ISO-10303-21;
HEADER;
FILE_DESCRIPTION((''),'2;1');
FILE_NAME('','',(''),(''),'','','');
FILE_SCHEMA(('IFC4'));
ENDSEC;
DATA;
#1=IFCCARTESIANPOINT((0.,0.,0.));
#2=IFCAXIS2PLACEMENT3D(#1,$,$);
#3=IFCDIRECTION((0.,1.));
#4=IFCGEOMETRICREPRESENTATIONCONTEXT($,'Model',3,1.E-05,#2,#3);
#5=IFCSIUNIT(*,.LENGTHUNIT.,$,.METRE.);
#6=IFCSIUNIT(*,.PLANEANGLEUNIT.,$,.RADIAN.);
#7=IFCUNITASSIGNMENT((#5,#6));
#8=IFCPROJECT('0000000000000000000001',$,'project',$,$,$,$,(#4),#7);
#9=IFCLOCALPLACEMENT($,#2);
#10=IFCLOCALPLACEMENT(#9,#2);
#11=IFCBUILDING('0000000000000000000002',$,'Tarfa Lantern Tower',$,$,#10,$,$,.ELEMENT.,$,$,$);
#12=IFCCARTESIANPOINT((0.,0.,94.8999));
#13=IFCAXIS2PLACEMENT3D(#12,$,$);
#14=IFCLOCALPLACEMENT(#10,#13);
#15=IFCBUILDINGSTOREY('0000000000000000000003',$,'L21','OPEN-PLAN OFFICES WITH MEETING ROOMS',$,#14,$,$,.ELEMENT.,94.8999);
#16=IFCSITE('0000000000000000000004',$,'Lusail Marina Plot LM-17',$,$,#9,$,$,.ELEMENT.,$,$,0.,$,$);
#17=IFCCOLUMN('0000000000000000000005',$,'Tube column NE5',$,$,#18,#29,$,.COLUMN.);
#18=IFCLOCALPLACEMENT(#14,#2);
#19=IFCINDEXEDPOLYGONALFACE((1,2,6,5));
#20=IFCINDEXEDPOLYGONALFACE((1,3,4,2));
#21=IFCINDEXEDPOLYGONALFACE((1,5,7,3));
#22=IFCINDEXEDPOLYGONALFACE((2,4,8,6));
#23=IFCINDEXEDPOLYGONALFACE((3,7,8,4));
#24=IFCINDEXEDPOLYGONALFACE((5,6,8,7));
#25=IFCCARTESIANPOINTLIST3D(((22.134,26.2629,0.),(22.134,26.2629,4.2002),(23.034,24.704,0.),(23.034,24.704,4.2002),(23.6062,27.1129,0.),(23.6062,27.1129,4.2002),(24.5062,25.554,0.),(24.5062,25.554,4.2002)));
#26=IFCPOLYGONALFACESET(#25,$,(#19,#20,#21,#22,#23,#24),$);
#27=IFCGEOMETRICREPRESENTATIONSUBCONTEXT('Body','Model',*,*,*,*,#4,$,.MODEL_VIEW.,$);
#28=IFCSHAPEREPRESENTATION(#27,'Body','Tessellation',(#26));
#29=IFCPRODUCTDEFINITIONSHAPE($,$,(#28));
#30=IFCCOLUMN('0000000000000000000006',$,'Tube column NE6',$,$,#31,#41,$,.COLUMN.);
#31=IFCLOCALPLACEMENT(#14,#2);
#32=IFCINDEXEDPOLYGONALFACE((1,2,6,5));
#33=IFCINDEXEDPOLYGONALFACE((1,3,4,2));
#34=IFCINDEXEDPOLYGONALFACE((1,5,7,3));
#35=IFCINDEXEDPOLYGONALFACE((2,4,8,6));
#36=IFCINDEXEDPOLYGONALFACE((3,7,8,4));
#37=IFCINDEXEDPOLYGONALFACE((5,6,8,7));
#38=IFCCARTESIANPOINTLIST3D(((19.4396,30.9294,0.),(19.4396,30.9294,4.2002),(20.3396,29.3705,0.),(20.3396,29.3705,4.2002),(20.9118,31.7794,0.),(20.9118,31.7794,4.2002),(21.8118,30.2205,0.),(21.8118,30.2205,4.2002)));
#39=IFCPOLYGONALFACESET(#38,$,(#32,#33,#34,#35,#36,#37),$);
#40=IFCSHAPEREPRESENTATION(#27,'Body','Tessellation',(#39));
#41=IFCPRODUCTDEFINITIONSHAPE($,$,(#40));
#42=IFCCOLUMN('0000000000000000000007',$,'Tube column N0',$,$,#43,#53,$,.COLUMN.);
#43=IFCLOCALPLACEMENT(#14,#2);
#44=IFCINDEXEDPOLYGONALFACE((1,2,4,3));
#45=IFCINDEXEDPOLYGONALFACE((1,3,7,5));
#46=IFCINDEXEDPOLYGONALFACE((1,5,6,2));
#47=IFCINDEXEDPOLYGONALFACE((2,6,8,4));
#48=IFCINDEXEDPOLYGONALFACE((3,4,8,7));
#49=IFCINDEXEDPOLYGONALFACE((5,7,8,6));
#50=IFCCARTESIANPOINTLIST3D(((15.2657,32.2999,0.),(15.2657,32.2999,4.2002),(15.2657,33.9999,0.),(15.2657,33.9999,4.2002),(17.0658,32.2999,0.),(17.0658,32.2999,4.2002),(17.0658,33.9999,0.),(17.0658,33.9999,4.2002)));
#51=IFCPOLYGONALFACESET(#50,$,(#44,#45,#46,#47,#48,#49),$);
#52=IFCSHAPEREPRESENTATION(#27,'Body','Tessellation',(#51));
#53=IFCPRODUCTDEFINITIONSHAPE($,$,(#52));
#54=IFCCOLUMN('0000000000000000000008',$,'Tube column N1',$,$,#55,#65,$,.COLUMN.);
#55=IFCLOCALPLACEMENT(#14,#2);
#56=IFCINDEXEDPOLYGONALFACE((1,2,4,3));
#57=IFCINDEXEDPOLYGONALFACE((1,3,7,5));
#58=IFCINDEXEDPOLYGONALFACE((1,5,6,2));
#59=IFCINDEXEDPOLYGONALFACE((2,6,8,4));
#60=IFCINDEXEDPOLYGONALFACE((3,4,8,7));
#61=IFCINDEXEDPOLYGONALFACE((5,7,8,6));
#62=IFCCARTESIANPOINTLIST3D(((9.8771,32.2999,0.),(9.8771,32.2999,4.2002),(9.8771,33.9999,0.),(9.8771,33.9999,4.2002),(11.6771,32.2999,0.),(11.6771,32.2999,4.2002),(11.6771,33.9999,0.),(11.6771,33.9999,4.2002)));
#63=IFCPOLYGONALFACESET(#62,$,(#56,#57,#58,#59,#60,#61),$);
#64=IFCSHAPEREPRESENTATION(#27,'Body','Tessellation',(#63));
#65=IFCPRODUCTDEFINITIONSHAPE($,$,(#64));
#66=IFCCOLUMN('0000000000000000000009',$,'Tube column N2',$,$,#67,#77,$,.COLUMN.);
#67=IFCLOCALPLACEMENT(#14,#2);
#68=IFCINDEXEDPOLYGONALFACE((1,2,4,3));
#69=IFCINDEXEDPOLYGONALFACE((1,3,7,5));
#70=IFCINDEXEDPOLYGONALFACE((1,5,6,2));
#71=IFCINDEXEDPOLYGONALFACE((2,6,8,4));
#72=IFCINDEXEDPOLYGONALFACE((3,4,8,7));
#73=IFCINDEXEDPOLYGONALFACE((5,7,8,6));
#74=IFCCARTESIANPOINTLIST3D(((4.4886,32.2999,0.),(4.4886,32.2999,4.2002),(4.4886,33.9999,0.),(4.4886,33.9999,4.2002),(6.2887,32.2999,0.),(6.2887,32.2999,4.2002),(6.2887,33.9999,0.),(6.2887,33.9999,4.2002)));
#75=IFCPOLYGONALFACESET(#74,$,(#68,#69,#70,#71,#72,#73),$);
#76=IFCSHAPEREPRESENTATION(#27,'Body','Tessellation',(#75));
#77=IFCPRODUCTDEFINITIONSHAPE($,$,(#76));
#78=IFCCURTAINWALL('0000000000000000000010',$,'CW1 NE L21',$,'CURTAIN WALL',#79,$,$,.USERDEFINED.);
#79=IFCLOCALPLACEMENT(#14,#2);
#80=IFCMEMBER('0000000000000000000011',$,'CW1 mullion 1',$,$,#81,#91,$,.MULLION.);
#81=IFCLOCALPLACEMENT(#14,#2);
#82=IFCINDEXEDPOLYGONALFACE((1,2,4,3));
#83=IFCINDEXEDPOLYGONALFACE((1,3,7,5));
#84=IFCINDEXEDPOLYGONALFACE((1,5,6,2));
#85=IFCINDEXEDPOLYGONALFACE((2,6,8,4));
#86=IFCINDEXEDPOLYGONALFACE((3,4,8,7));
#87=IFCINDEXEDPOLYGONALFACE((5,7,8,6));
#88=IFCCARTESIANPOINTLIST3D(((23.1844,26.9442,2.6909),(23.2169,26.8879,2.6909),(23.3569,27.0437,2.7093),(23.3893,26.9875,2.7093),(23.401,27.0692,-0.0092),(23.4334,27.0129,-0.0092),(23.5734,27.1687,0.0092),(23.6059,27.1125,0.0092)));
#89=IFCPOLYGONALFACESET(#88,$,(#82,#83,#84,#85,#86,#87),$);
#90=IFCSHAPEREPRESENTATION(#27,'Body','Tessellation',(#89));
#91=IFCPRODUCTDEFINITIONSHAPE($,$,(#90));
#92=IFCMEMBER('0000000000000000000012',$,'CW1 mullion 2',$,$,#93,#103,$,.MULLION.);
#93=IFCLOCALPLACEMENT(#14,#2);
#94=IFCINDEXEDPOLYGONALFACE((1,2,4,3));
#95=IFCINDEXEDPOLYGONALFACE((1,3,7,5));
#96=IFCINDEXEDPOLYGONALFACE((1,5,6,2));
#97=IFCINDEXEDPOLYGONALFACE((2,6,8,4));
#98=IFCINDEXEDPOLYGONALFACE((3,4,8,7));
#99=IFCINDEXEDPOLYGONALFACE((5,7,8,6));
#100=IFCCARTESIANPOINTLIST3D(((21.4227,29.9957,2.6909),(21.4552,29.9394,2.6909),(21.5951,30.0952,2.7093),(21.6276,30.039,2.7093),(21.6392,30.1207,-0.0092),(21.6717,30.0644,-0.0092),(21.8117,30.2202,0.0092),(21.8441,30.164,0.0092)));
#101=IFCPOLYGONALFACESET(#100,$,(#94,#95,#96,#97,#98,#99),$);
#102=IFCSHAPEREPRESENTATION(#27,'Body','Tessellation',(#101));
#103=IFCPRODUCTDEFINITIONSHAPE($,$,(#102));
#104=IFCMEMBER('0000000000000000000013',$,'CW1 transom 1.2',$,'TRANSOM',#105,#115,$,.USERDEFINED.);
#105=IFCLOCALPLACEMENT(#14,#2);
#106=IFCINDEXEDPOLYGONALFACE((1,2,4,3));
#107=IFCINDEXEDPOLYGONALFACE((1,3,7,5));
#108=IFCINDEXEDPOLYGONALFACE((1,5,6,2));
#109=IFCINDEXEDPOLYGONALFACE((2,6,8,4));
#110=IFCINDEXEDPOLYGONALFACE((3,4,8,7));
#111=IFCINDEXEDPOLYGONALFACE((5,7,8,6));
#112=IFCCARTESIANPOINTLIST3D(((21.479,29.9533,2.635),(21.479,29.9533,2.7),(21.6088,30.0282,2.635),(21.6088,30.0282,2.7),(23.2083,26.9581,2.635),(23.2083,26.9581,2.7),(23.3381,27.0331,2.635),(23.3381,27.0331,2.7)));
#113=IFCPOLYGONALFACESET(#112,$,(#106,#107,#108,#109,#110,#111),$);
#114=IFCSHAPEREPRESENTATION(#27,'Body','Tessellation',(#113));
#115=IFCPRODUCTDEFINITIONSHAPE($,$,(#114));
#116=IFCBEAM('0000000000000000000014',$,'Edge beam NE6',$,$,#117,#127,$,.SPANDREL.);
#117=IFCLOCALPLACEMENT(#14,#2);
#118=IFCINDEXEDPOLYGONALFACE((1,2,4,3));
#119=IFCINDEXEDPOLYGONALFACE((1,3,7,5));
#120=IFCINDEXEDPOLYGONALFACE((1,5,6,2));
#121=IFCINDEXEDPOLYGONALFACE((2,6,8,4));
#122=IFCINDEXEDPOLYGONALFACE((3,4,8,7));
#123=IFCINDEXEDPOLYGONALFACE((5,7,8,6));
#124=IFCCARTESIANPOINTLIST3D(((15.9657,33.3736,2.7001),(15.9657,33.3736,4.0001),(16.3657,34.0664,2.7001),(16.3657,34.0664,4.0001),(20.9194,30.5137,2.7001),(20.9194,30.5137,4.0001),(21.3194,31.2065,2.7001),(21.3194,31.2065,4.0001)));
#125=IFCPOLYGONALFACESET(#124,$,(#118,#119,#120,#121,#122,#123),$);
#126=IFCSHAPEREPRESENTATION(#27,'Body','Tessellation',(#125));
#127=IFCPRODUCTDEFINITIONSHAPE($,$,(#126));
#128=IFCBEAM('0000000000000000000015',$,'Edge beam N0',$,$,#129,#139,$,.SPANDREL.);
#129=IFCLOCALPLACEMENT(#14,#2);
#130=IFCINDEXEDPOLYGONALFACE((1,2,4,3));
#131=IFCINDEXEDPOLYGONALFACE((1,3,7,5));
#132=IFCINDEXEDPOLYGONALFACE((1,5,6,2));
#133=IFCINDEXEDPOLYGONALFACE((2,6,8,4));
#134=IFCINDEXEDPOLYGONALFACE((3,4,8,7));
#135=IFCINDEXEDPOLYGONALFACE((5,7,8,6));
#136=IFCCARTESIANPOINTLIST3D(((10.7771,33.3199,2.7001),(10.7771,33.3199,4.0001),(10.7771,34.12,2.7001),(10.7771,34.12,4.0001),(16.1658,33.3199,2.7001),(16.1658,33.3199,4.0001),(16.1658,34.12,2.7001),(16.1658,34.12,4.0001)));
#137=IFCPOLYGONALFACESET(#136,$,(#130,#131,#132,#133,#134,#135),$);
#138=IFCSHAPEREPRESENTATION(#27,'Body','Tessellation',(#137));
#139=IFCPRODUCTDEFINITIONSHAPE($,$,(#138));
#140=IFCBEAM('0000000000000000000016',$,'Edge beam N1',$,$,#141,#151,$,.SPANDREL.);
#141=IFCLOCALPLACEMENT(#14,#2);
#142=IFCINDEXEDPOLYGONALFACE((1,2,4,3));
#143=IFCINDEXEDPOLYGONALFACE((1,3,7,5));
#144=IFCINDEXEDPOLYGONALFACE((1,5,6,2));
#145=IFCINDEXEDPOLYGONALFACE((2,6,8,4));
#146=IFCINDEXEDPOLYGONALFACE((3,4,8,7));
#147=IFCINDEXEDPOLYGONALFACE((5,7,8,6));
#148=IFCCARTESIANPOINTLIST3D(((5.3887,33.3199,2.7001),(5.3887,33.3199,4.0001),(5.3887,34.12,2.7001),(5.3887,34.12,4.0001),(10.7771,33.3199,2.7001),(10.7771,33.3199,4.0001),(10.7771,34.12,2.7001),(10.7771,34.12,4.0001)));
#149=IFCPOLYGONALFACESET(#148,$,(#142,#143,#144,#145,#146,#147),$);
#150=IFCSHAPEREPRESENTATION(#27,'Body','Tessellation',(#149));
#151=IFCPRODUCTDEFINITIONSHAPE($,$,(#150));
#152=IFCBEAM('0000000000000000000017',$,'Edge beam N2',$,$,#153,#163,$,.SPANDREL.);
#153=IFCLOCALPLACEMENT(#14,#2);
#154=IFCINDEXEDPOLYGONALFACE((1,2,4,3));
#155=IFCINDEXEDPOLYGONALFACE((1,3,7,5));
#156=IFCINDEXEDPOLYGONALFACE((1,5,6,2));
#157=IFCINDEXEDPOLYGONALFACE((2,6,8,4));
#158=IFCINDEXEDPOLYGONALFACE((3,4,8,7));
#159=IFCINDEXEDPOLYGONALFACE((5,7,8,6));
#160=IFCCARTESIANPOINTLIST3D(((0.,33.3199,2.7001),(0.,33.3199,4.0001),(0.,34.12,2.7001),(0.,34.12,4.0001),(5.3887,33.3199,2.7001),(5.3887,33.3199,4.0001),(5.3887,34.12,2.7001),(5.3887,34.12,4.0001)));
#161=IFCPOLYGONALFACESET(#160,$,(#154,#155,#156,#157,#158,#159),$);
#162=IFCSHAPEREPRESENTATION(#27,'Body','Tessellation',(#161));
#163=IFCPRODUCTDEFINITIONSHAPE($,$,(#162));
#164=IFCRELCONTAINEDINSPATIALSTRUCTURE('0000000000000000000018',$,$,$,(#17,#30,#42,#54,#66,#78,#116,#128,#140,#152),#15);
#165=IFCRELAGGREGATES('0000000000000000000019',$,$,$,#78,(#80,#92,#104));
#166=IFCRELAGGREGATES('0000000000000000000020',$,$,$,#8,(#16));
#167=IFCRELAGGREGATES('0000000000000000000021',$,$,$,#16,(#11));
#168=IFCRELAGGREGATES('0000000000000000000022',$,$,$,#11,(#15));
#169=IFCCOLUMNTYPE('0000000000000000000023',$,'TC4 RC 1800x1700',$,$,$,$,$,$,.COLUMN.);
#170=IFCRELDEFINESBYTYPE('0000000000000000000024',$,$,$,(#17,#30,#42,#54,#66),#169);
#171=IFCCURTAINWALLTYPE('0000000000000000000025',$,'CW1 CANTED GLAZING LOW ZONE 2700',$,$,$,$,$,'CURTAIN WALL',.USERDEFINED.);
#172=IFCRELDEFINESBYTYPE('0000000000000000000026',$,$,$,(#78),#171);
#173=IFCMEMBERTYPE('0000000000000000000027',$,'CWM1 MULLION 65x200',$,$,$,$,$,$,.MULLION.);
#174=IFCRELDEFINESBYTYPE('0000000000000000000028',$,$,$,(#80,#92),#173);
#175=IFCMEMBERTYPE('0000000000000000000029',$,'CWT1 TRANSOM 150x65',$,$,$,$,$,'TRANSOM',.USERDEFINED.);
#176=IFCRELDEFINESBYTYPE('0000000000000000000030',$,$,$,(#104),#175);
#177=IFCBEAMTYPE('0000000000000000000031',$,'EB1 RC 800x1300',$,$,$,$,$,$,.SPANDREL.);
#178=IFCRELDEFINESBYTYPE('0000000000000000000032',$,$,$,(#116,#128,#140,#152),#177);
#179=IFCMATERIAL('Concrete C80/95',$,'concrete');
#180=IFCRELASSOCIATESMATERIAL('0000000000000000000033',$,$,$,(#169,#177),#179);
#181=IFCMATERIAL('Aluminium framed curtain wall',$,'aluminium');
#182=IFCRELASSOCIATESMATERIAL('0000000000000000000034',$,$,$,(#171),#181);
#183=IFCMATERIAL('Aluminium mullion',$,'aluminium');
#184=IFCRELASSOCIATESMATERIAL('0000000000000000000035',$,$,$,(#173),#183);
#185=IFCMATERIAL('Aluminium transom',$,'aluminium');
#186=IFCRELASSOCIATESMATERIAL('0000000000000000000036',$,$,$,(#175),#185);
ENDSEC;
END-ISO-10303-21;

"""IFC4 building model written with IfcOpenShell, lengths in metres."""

from ifc_helpers import new_model, si_unit, direction, frame, origin, origin_2d, place, context, subcontext, project, spatial, rectangle, extrude, material, material_profile, profile_set, type_object, element, aggregate, save


model = new_model("IFC4")

# Units and contexts
model_context = context("Model", 3, precision=1e-05, world=origin(), true_north=direction((0.0, 1.0)))
body_context = subcontext(model_context, "Body", "Model", "MODEL_VIEW")
ifc_project = project(units=[si_unit("LENGTHUNIT", "METRE"), si_unit("PLANEANGLEUNIT", "RADIAN")], contexts=[model_context])

# Site, building, storey
site_placement = place(None, origin())
site = spatial("IfcSite", under=ifc_project, at=site_placement, Name="Lusail Marina Plot LM-17", CompositionType="ELEMENT", RefElevation=0.0)
building_placement = place(site_placement, origin())
building = spatial("IfcBuilding", under=site, at=building_placement, Name="Tarfa Lantern Tower", CompositionType="ELEMENT")
storey_placement = place(building_placement, frame((0.0, 0.0, 94.8999)))
storey = spatial("IfcBuildingStorey", under=building, at=storey_placement, Name="L21", Description="OPEN-PLAN OFFICES WITH MEETING ROOMS", CompositionType="ELEMENT", Elevation=94.8999)

# Columns
ifc_material_1 = material(Name="Concrete C80/95", Category="concrete")
ifc_material_profile_1 = material_profile(ifc_material_1, rectangle(XDim=1.8, YDim=1.7, at=origin_2d()), Name="RC 1800x1700")
ifc_profile_set_1 = profile_set([ifc_material_profile_1], Name="Concrete C80/95")
column_type = type_object("IfcColumnType", Name="TC4 RC 1800x1700", PredefinedType="COLUMN", material=ifc_profile_set_1)
for number, where, z_axis, x_axis, name in (
    (1, (23.3201, 25.9084, 0.0), (0.0, 0.0, 1.0), (-0.5, 0.866025, 0.0), "Tube column NE5"),
    (2, (20.6257, 30.575, 0.0), (0.0, 0.0, 1.0), (-0.5, 0.866025, 0.0), "Tube column NE6"),
    (3, (16.1658, 33.1499, 0.0), (0.0, 0.0, 1.0), (-1.0, 0.0, 0.0), "Tube column N0"),
    (4, (10.7771, 33.1499, 0.0), (0.0, 0.0, 1.0), (-1.0, 0.0, 0.0), "Tube column N1"),
    (5, (5.3887, 33.1499, 0.0), (0.0, 0.0, 1.0), (-1.0, 0.0, 0.0), "Tube column N2"),
):
    element("IfcColumn", number, at=place(storey_placement, frame(where, z_axis=z_axis, x_axis=x_axis)), inside=storey, type_object=column_type, Name=name, PredefinedType="COLUMN", context=body_context, shape_type="SweptSolid", body=[
        extrude(rectangle(XDim=1.8, YDim=1.7, at=origin_2d()), origin(), (0.0, 0.0, 1.0), 4.2002),
    ])

# Curtain wall, members
ifc_material_2 = material(Name="Aluminium framed curtain wall", Category="aluminium")
curtain_wall_type = type_object("IfcCurtainWallType", Name="CW1 CANTED GLAZING LOW ZONE 2700", ElementType="CURTAIN WALL", PredefinedType="USERDEFINED", material=ifc_material_2)
curtain_wall_placement = place(storey_placement, origin())
curtain_wall = element("IfcCurtainWall", 6, at=curtain_wall_placement, inside=storey, type_object=curtain_wall_type, Name="CW1 NE L21", ObjectType="CURTAIN WALL", PredefinedType="USERDEFINED")
ifc_material_3 = material(Name="Aluminium mullion", Category="aluminium")
ifc_material_profile_2 = material_profile(ifc_material_3, rectangle(XDim=0.0649, YDim=0.2, at=origin_2d()), Name="AL MULLION 65x200")
ifc_profile_set_2 = profile_set([ifc_material_profile_2], Name="Aluminium mullion")
member_type_1 = type_object("IfcMemberType", Name="CWM1 MULLION 65x200", PredefinedType="MULLION", material=ifc_profile_set_2)
member_1_placement = place(storey_placement, frame((23.5034, 27.0908, 0.0), z_axis=(-0.079857, -0.046096, 0.99574), x_axis=(0.49992, -0.866072, 0.0)))
member_1 = element("IfcMember", 7, at=member_1_placement, type_object=member_type_1, Name="CW1 mullion 1", PredefinedType="MULLION", context=body_context, shape_type="SweptSolid", body=[
    extrude(rectangle(XDim=0.0649, YDim=0.2, at=origin_2d()), origin(), (0.0, 0.0, 1.0), 2.7117),
])
member_2_placement = place(storey_placement, frame((21.7417, 30.1423, 0.0), z_axis=(-0.079857, -0.046096, 0.99574), x_axis=(0.49992, -0.866072, 0.0)))
member_2 = element("IfcMember", 8, at=member_2_placement, type_object=member_type_1, Name="CW1 mullion 2", PredefinedType="MULLION", context=body_context, shape_type="SweptSolid", body=[
    extrude(rectangle(XDim=0.0649, YDim=0.2, at=origin_2d()), origin(), (0.0, 0.0, 1.0), 2.7117),
])
ifc_material_4 = material(Name="Aluminium transom", Category="aluminium")
ifc_material_profile_3 = material_profile(ifc_material_4, rectangle(XDim=0.1499, YDim=0.0649, at=origin_2d()), Name="AL TRANSOM 150x65")
ifc_profile_set_3 = profile_set([ifc_material_profile_3], Name="Aluminium transom")
member_type_2 = type_object("IfcMemberType", Name="CWT1 TRANSOM 150x65", ElementType="TRANSOM", PredefinedType="USERDEFINED", material=ifc_profile_set_3)
member_3_placement = place(storey_placement, frame((23.2732, 26.9956, 2.6675), z_axis=(-0.500004, 0.866023, 0.0), x_axis=(-0.866023, -0.500004, 0.0)))
member_3 = element("IfcMember", 9, at=member_3_placement, type_object=member_type_2, Name="CW1 transom 1.2", ObjectType="TRANSOM", PredefinedType="USERDEFINED", context=body_context, shape_type="SweptSolid", body=[
    extrude(rectangle(XDim=0.1499, YDim=0.0649, at=origin_2d()), origin(), (0.0, 0.0, 1.0), 3.4585),
])

# Beams
ifc_material_profile_4 = material_profile(ifc_material_1, rectangle(XDim=0.8, YDim=1.3, at=origin_2d()), Name="RC 800x1300")
ifc_profile_set_4 = profile_set([ifc_material_profile_4], Name="Concrete C80/95")
beam_type_1 = type_object("IfcBeamType", Name="EB1 RC 800x1300", PredefinedType="SPANDREL", material=ifc_profile_set_4)
beam_1_placement = place(storey_placement, frame((21.1194, 30.8601, 3.3501), z_axis=(-0.866033, 0.499986, 0.0), x_axis=(-0.499986, -0.866033, 0.0)))
element("IfcBeam", 10, at=beam_1_placement, inside=storey, type_object=beam_type_1, Name="Edge beam NE6", PredefinedType="SPANDREL", context=body_context, shape_type="SweptSolid", body=[
    extrude(rectangle(XDim=0.8, YDim=1.3, at=origin_2d()), origin(), (0.0, 0.0, 1.0), 5.72),
])
beam_2_placement = place(storey_placement, frame((16.1658, 33.72, 3.3501), z_axis=(-1.0, 0.0, 0.0), x_axis=(0.0, -1.0, 0.0)))
element("IfcBeam", 11, at=beam_2_placement, inside=storey, type_object=beam_type_1, Name="Edge beam N0", PredefinedType="SPANDREL", context=body_context, shape_type="SweptSolid", body=[
    extrude(rectangle(XDim=0.8, YDim=1.3, at=origin_2d()), origin(), (0.0, 0.0, 1.0), 5.3887),
])
beam_3_placement = place(storey_placement, frame((10.7771, 33.72, 3.3501), z_axis=(-1.0, 0.0, 0.0), x_axis=(0.0, -1.0, 0.0)))
element("IfcBeam", 12, at=beam_3_placement, inside=storey, type_object=beam_type_1, Name="Edge beam N1", PredefinedType="SPANDREL", context=body_context, shape_type="SweptSolid", body=[
    extrude(rectangle(XDim=0.8, YDim=1.3, at=origin_2d()), origin(), (0.0, 0.0, 1.0), 5.3884),
])
beam_4_placement = place(storey_placement, frame((5.3887, 33.72, 3.3501), z_axis=(-1.0, 0.0, 0.0), x_axis=(0.0, -1.0, 0.0)))
element("IfcBeam", 13, at=beam_4_placement, inside=storey, type_object=beam_type_1, Name="Edge beam N2", PredefinedType="SPANDREL", context=body_context, shape_type="SweptSolid", body=[
    extrude(rectangle(XDim=0.8, YDim=1.3, at=origin_2d()), origin(), (0.0, 0.0, 1.0), 5.3887),
])

aggregate(curtain_wall, [member_1, member_2, member_3])

save(model, "model.ifc")
